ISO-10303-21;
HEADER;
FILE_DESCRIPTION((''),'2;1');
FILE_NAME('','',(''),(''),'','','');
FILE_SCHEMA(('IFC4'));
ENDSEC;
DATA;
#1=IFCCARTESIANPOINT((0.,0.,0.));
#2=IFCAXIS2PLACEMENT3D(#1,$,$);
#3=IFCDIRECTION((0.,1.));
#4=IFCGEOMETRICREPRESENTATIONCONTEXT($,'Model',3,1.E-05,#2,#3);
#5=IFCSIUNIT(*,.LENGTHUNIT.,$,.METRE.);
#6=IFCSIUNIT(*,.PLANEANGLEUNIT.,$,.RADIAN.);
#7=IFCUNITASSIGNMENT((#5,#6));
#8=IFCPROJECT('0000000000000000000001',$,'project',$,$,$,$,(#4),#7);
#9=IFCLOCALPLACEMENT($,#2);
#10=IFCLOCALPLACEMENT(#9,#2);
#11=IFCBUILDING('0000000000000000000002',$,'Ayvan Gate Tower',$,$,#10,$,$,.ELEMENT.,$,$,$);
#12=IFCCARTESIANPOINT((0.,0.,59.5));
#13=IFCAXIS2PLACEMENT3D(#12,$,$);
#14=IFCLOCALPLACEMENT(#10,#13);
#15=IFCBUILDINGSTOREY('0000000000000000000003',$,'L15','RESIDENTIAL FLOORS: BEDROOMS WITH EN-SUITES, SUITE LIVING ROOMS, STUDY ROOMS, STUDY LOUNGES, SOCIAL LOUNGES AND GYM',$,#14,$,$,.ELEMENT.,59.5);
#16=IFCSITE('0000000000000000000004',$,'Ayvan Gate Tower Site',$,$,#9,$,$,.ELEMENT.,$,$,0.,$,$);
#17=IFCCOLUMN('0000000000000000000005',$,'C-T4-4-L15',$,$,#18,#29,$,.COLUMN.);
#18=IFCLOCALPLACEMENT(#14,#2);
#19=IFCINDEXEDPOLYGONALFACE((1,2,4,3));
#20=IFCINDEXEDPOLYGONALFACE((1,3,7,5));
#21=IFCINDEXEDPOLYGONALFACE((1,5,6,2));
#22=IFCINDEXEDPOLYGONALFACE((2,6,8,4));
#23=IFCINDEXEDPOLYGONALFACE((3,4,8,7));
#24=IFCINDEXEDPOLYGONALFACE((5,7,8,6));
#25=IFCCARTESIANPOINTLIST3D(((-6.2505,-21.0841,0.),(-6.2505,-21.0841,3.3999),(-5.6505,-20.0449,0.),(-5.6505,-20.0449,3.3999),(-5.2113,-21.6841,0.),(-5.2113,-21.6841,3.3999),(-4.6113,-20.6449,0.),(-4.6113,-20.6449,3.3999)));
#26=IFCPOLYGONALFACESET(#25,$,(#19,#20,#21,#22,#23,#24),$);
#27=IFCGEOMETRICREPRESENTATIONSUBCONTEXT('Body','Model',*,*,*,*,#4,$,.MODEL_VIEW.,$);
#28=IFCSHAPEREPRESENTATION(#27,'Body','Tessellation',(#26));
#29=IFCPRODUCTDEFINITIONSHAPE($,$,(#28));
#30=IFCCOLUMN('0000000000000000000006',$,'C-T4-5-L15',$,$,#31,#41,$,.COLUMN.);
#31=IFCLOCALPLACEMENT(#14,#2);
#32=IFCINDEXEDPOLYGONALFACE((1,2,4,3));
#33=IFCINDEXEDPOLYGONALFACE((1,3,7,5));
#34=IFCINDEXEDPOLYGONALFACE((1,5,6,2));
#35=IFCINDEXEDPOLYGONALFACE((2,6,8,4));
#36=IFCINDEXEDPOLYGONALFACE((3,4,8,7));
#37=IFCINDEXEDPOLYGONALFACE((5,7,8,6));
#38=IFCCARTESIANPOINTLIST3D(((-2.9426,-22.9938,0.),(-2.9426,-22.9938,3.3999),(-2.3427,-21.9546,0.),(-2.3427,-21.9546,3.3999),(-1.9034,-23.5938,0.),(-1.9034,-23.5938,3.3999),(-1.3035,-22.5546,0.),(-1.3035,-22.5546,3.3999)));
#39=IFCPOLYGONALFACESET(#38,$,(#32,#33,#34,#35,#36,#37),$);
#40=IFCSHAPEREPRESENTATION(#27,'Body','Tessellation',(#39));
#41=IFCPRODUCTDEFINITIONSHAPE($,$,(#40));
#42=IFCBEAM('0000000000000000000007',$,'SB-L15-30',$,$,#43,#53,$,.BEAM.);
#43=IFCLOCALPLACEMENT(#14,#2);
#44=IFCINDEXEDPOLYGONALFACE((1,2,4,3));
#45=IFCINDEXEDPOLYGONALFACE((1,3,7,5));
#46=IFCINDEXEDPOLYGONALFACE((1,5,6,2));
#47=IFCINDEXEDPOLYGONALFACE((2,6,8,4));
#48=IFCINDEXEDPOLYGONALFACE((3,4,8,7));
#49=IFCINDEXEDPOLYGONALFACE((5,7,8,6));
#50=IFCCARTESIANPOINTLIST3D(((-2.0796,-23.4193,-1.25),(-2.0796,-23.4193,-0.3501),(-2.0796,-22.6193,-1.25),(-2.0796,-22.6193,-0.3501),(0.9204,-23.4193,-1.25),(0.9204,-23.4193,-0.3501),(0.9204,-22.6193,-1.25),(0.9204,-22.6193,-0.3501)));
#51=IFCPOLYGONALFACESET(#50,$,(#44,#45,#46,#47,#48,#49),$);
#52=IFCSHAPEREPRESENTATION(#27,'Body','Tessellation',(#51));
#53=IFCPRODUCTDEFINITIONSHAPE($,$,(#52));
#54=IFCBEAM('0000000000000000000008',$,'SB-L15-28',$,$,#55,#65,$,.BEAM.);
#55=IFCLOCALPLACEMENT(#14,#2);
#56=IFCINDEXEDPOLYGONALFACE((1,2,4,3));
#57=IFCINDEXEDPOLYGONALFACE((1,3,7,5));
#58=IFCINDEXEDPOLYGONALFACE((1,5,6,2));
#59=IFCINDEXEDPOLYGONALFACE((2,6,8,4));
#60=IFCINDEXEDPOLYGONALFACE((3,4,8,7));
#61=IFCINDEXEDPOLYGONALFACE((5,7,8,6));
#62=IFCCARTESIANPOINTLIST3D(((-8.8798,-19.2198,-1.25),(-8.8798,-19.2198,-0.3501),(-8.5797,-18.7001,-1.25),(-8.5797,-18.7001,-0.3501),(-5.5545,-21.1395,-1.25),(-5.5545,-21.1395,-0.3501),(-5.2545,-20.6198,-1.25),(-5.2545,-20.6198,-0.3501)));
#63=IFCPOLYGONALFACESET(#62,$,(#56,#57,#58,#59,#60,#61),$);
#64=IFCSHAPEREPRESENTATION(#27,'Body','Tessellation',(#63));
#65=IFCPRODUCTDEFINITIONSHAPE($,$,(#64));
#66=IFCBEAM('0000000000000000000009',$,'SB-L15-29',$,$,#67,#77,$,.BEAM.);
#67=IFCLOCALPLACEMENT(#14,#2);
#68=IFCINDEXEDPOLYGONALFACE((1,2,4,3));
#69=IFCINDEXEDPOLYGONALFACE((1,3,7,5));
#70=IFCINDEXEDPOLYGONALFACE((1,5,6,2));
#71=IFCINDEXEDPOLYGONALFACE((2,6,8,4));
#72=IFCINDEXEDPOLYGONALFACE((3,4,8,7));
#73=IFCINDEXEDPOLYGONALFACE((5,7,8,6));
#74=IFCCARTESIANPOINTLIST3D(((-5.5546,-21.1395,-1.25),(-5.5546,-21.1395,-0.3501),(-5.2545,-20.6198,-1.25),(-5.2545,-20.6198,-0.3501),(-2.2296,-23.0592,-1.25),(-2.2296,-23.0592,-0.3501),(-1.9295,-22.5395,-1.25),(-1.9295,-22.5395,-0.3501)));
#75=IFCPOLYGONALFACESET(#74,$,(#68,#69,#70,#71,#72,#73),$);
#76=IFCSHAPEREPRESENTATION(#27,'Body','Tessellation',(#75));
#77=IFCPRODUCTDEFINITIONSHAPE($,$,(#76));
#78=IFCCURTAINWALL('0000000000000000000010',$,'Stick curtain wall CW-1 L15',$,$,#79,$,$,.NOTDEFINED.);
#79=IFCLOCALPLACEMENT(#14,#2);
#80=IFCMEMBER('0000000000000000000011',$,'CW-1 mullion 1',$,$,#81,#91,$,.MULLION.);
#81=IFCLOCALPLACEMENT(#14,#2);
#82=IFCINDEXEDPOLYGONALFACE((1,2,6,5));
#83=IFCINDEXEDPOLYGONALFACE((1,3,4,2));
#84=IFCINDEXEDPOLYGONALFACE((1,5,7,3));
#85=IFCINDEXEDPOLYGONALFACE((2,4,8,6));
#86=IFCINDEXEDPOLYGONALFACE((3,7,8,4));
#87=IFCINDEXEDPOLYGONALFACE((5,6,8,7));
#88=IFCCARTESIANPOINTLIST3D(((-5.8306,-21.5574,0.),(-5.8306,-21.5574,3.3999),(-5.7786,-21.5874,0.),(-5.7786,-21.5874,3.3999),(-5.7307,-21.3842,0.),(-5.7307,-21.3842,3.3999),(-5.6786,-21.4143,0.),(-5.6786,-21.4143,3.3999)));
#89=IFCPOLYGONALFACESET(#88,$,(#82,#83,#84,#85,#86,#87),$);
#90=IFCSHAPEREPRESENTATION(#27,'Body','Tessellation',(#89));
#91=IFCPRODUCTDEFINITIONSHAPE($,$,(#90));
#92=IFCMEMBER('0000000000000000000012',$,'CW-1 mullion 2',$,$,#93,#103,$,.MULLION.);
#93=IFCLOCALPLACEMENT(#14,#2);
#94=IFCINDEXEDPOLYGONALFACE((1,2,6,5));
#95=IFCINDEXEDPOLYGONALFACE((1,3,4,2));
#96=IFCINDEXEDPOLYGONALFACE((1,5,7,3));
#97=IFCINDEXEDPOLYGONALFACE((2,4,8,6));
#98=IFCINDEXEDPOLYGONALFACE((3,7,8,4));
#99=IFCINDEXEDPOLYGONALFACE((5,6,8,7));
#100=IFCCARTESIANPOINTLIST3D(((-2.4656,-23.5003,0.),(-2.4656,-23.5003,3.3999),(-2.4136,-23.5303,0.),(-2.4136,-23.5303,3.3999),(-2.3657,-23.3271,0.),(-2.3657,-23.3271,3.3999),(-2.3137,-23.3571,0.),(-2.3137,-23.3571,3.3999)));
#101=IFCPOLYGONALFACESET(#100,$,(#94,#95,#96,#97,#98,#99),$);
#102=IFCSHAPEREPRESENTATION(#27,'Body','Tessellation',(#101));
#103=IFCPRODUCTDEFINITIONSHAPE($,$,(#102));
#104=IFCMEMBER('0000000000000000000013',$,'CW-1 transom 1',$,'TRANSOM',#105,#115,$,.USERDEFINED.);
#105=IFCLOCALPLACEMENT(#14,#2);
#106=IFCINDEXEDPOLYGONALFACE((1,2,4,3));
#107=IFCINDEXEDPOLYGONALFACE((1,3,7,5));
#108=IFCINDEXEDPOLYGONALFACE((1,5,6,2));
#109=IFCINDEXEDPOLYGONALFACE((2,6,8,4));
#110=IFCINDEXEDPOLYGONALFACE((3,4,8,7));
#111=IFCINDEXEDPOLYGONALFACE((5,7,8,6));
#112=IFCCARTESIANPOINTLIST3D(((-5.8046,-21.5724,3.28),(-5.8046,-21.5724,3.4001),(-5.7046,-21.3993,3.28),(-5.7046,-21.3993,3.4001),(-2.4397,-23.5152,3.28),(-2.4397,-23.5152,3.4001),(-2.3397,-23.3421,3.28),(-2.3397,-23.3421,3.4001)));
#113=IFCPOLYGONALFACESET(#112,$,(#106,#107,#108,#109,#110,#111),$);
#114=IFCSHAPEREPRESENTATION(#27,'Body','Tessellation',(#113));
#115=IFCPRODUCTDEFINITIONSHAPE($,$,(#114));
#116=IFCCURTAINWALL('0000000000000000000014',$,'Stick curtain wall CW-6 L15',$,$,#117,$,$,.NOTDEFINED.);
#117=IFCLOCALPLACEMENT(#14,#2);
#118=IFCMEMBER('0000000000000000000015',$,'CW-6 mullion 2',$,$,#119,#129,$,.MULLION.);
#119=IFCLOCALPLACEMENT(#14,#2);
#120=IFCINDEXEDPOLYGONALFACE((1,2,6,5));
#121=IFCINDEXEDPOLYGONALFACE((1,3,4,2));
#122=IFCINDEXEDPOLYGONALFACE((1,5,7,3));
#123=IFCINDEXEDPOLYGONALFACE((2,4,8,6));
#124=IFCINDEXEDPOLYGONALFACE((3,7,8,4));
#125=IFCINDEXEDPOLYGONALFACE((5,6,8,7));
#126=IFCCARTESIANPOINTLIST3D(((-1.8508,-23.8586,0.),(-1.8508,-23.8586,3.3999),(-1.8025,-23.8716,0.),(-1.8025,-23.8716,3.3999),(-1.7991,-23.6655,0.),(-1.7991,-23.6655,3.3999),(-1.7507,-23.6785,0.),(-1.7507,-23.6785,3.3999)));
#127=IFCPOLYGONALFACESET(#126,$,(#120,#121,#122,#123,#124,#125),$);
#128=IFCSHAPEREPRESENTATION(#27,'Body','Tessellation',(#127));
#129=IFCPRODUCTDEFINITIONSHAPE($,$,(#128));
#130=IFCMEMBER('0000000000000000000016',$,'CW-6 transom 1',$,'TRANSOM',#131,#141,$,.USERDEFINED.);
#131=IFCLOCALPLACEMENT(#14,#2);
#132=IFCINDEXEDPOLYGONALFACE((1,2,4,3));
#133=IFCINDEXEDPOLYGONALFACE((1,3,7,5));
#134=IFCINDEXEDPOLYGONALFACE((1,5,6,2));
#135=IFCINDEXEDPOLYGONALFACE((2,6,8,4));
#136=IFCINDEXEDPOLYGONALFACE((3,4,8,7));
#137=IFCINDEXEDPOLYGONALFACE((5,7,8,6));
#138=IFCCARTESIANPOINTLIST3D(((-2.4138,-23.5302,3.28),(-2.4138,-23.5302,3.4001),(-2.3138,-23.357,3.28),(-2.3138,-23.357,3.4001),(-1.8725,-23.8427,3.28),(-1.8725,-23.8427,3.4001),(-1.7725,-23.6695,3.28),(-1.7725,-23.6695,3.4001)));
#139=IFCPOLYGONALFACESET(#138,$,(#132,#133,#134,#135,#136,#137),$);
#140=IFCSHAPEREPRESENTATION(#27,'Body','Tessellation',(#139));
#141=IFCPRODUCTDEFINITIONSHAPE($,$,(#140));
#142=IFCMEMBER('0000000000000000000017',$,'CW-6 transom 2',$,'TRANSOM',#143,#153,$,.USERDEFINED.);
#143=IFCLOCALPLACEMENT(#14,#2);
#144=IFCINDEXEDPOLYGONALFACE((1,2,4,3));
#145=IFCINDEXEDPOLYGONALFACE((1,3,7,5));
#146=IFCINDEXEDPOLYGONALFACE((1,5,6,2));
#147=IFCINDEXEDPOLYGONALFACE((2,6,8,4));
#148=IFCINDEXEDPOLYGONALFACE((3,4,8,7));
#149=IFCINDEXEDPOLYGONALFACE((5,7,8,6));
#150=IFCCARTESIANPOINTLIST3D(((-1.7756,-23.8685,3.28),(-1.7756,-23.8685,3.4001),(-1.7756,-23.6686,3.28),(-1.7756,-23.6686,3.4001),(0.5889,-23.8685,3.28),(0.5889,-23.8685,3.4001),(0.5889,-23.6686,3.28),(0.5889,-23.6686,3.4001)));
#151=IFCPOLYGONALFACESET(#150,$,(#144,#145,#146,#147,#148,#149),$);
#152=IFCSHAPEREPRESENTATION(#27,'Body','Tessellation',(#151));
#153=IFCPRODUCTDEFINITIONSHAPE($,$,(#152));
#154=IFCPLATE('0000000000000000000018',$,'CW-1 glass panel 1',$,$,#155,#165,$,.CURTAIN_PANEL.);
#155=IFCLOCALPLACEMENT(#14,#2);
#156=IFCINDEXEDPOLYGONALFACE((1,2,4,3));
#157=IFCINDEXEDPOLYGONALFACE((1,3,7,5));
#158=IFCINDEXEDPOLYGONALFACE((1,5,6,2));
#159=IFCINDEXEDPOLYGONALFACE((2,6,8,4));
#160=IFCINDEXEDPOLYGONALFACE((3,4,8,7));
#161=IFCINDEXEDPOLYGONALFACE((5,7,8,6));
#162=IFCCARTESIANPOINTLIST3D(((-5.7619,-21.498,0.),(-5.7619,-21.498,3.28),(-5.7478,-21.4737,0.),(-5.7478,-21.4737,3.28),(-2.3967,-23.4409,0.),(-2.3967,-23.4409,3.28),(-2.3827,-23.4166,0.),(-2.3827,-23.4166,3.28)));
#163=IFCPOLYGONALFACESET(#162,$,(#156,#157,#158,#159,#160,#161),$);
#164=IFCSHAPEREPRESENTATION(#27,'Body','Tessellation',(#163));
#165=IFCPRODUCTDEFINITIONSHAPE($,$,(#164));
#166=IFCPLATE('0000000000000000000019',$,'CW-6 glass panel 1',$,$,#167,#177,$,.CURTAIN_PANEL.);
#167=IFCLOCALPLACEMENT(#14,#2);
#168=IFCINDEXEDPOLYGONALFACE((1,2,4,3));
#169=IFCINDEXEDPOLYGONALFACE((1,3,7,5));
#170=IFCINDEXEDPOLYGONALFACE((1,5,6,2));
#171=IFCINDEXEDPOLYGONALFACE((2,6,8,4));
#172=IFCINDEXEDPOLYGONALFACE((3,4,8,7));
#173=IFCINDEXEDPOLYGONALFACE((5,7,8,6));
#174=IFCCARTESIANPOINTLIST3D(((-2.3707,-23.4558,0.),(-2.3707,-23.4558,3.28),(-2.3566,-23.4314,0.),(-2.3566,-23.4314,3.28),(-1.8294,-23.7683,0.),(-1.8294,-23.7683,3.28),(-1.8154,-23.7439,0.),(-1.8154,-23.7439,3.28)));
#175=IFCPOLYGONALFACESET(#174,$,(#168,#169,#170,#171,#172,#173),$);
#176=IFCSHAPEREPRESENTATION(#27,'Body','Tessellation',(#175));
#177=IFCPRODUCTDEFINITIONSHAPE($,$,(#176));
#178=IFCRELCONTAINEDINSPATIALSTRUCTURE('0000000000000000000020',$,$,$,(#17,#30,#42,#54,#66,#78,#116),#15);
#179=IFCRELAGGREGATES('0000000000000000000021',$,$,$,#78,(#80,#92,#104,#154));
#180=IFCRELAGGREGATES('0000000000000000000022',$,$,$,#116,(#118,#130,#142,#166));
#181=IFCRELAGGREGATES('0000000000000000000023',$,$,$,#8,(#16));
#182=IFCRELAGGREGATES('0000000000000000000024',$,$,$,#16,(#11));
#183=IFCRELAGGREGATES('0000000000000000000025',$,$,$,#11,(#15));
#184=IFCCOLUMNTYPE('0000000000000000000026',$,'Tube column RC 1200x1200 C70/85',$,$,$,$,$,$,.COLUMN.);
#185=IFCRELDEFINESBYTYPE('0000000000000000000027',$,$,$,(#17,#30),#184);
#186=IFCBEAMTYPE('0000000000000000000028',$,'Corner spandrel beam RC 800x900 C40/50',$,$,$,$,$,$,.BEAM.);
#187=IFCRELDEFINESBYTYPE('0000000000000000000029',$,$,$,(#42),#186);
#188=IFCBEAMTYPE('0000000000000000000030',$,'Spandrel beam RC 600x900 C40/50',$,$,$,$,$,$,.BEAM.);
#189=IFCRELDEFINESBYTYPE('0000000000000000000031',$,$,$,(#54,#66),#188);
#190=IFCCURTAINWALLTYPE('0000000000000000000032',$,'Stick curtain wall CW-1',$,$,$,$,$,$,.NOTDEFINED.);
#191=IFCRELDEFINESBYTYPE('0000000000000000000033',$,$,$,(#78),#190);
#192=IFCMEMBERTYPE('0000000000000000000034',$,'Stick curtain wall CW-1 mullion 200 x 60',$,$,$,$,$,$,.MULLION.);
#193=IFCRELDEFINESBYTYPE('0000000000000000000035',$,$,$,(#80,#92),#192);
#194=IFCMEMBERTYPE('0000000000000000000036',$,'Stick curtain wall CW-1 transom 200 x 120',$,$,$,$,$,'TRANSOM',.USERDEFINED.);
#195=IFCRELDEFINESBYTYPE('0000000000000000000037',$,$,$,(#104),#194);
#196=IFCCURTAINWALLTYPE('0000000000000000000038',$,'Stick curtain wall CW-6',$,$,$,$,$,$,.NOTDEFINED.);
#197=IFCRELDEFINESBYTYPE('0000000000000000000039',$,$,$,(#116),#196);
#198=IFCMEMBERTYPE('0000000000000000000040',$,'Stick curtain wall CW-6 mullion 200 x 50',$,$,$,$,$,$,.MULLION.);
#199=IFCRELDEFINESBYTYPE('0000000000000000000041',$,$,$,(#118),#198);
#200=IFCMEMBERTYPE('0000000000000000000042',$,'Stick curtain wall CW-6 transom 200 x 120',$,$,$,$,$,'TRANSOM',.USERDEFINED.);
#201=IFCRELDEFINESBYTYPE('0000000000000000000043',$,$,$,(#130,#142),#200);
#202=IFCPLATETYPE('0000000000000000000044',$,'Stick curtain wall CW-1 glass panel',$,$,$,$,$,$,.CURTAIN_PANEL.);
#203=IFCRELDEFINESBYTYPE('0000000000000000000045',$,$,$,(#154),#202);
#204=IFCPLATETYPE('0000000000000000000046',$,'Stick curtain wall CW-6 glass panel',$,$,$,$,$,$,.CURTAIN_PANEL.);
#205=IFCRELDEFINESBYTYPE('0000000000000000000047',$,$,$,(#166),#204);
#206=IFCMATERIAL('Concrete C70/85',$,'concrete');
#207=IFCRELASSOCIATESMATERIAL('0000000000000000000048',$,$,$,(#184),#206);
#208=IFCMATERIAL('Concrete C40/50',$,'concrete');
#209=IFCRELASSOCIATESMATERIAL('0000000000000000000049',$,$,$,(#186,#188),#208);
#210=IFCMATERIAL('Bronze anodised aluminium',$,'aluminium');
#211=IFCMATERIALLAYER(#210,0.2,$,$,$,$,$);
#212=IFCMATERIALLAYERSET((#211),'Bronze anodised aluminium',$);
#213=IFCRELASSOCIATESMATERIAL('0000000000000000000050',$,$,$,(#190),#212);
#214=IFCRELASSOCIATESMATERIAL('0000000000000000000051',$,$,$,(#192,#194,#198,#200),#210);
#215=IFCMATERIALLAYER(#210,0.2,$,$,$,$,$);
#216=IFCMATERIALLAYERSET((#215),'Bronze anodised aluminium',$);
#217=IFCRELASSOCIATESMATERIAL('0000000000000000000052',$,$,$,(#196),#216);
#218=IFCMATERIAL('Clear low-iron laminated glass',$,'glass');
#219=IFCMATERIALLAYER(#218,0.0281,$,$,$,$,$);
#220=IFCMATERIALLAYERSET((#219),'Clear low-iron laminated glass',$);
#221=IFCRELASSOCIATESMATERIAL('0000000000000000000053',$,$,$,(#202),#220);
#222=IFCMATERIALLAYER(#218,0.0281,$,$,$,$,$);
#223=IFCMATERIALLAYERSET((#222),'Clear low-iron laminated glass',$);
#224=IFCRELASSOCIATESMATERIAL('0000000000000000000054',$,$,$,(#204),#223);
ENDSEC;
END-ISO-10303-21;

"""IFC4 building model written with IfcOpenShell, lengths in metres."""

from ifc_helpers import new_model, si_unit, direction, frame, origin, origin_2d, place, context, subcontext, project, spatial, rectangle, extrude, material, layer, layer_set, material_profile, profile_set, type_object, element, aggregate, save


model = new_model("IFC4")

# Units and contexts
model_context = context("Model", 3, precision=1e-05, world=origin(), true_north=direction((0.0, 1.0)))
body_context = subcontext(model_context, "Body", "Model", "MODEL_VIEW")
ifc_project = project(units=[si_unit("LENGTHUNIT", "METRE"), si_unit("PLANEANGLEUNIT", "RADIAN")], contexts=[model_context])

# Site, building, storey
site_placement = place(None, origin())
site = spatial("IfcSite", under=ifc_project, at=site_placement, Name="Ayvan Gate Tower Site", CompositionType="ELEMENT", RefElevation=0.0)
building_placement = place(site_placement, origin())
building = spatial("IfcBuilding", under=site, at=building_placement, Name="Ayvan Gate Tower", CompositionType="ELEMENT")
storey_placement = place(building_placement, frame((0.0, 0.0, 59.5)))
storey = spatial("IfcBuildingStorey", under=building, at=storey_placement, Name="L15", Description="RESIDENTIAL FLOORS: BEDROOMS WITH EN-SUITES, SUITE LIVING ROOMS, STUDY ROOMS, STUDY LOUNGES, SOCIAL LOUNGES AND GYM", CompositionType="ELEMENT", Elevation=59.5)

# Columns
ifc_material_1 = material(Name="Concrete C70/85", Category="concrete")
ifc_material_profile_1 = material_profile(ifc_material_1, rectangle(XDim=1.2, YDim=1.2, at=origin_2d()), Name="RC 1200x1200")
ifc_profile_set_1 = profile_set([ifc_material_profile_1], Name="Concrete C70/85")
column_type = type_object("IfcColumnType", Name="Tube column RC 1200x1200 C70/85", PredefinedType="COLUMN", material=ifc_profile_set_1)
for number, where, z_axis, x_axis, name in (
    (1, (-5.4309, -20.8645, 0.0), (0.0, 0.0, 1.0), (-0.5, -0.866025, 0.0), "C-T4-4-L15"),
    (2, (-2.123, -22.7742, 0.0), (0.0, 0.0, 1.0), (-0.5, -0.866025, 0.0), "C-T4-5-L15"),
):
    element("IfcColumn", number, at=place(storey_placement, frame(where, z_axis=z_axis, x_axis=x_axis)), inside=storey, type_object=column_type, Name=name, PredefinedType="COLUMN", context=body_context, shape_type="SweptSolid", body=[
        extrude(rectangle(XDim=1.2, YDim=1.2, at=origin_2d()), origin(), (0.0, 0.0, 1.0), 3.3999),
    ])

# Beams
ifc_material_2 = material(Name="Concrete C40/50", Category="concrete")
ifc_material_profile_2 = material_profile(ifc_material_2, rectangle(XDim=0.8, YDim=0.8999, at=origin_2d()), Name="RC 800x900")
ifc_profile_set_2 = profile_set([ifc_material_profile_2], Name="Concrete C40/50")
beam_type_1 = type_object("IfcBeamType", Name="Corner spandrel beam RC 800x900 C40/50", PredefinedType="BEAM", material=ifc_profile_set_2)
beam_1_placement = place(storey_placement, frame((-2.0796, -23.0193, -0.8), z_axis=(1.0, 0.0, 0.0), x_axis=(0.0, 1.0, 0.0)))
element("IfcBeam", 3, at=beam_1_placement, inside=storey, type_object=beam_type_1, Name="SB-L15-30", PredefinedType="BEAM", context=body_context, shape_type="SweptSolid", body=[
    extrude(rectangle(XDim=0.8, YDim=0.8999, at=origin_2d()), origin(), (0.0, 0.0, 1.0), 3.0),
])
ifc_material_profile_3 = material_profile(ifc_material_2, rectangle(XDim=0.6001, YDim=0.8999, at=origin_2d()), Name="RC 600x900")
ifc_profile_set_3 = profile_set([ifc_material_profile_3], Name="Concrete C40/50")
beam_type_2 = type_object("IfcBeamType", Name="Spandrel beam RC 600x900 C40/50", PredefinedType="BEAM", material=ifc_profile_set_3)
beam_2_placement = place(storey_placement, frame((-8.7297, -18.96, -0.8), z_axis=(0.866039, -0.499976, 0.0), x_axis=(0.499976, 0.866039, 0.0)))
element("IfcBeam", 4, at=beam_2_placement, inside=storey, type_object=beam_type_2, Name="SB-L15-28", PredefinedType="BEAM", context=body_context, shape_type="SweptSolid", body=[
    extrude(rectangle(XDim=0.6001, YDim=0.8999, at=origin_2d()), origin(), (0.0, 0.0, 1.0), 3.8396),
])
beam_3_placement = place(storey_placement, frame((-5.4045, -20.8796, -0.8), z_axis=(0.866024, -0.500003, 0.0), x_axis=(0.500003, 0.866024, 0.0)))
element("IfcBeam", 5, at=beam_3_placement, inside=storey, type_object=beam_type_2, Name="SB-L15-29", PredefinedType="BEAM", context=body_context, shape_type="SweptSolid", body=[
    extrude(rectangle(XDim=0.6001, YDim=0.8999, at=origin_2d()), origin(), (0.0, 0.0, 1.0), 3.8394),
])

# Curtain walls, members
ifc_material_3 = material(Name="Bronze anodised aluminium", Category="aluminium")
ifc_layer_1 = layer(ifc_material_3, 0.2)
ifc_layer_set_1 = layer_set([ifc_layer_1], Name="Bronze anodised aluminium")
curtain_wall_type_1 = type_object("IfcCurtainWallType", Name="Stick curtain wall CW-1", PredefinedType="NOTDEFINED", material=ifc_layer_set_1)
curtain_wall_1_placement = place(storey_placement, origin())
curtain_wall_1 = element("IfcCurtainWall", 6, at=curtain_wall_1_placement, inside=storey, type_object=curtain_wall_type_1, Name="Stick curtain wall CW-1 L15", PredefinedType="NOTDEFINED")
ifc_material_profile_4 = material_profile(ifc_material_3, rectangle(XDim=0.2, YDim=0.0601, at=origin_2d()), Name="Stick curtain wall CW-1 mullion 200 x 60")
ifc_profile_set_4 = profile_set([ifc_material_profile_4], Name="Bronze anodised aluminium")
member_type_1 = type_object("IfcMemberType", Name="Stick curtain wall CW-1 mullion 200 x 60", PredefinedType="MULLION", material=ifc_profile_set_4)
member_1_placement = place(storey_placement, frame((-5.7546, -21.4858, 0.0), z_axis=(0.0, 0.0, 1.0), x_axis=(-0.5, -0.866025, 0.0)))
member_1 = element("IfcMember", 7, at=member_1_placement, type_object=member_type_1, Name="CW-1 mullion 1", PredefinedType="MULLION", context=body_context, shape_type="SweptSolid", body=[
    extrude(rectangle(XDim=0.2, YDim=0.0601, at=origin_2d()), origin(), (0.0, 0.0, 1.0), 3.3999),
])
member_2_placement = place(storey_placement, frame((-2.3896, -23.4287, 0.0), z_axis=(0.0, 0.0, 1.0), x_axis=(-0.5, -0.866025, 0.0)))
member_2 = element("IfcMember", 8, at=member_2_placement, type_object=member_type_1, Name="CW-1 mullion 2", PredefinedType="MULLION", context=body_context, shape_type="SweptSolid", body=[
    extrude(rectangle(XDim=0.2, YDim=0.0601, at=origin_2d()), origin(), (0.0, 0.0, 1.0), 3.3999),
])
ifc_material_profile_5 = material_profile(ifc_material_3, rectangle(XDim=0.2, YDim=0.1201, at=origin_2d()), Name="Stick curtain wall CW-1 transom 200 x 120")
ifc_profile_set_5 = profile_set([ifc_material_profile_5], Name="Bronze anodised aluminium")
member_type_2 = type_object("IfcMemberType", Name="Stick curtain wall CW-1 transom 200 x 120", ElementType="TRANSOM", PredefinedType="USERDEFINED", material=ifc_profile_set_5)
member_3_placement = place(storey_placement, frame((-5.7546, -21.4858, 3.3401), z_axis=(0.866015, -0.500018, 0.0), x_axis=(0.500018, 0.866015, 0.0)))
member_3 = element("IfcMember", 9, at=member_3_placement, type_object=member_type_2, Name="CW-1 transom 1", ObjectType="TRANSOM", PredefinedType="USERDEFINED", context=body_context, shape_type="SweptSolid", body=[
    extrude(rectangle(XDim=0.2, YDim=0.1201, at=origin_2d()), origin(), (0.0, 0.0, 1.0), 3.8855),
])
ifc_layer_2 = layer(ifc_material_3, 0.2)
ifc_layer_set_2 = layer_set([ifc_layer_2], Name="Bronze anodised aluminium")
curtain_wall_type_2 = type_object("IfcCurtainWallType", Name="Stick curtain wall CW-6", PredefinedType="NOTDEFINED", material=ifc_layer_set_2)
curtain_wall_2_placement = place(storey_placement, origin())
curtain_wall_2 = element("IfcCurtainWall", 10, at=curtain_wall_2_placement, inside=storey, type_object=curtain_wall_type_2, Name="Stick curtain wall CW-6 L15", PredefinedType="NOTDEFINED")
ifc_material_profile_6 = material_profile(ifc_material_3, rectangle(XDim=0.2, YDim=0.05, at=origin_2d()), Name="Stick curtain wall CW-6 mullion 200 x 50")
ifc_profile_set_6 = profile_set([ifc_material_profile_6], Name="Bronze anodised aluminium")
member_type_3 = type_object("IfcMemberType", Name="Stick curtain wall CW-6 mullion 200 x 50", PredefinedType="MULLION", material=ifc_profile_set_6)
member_4_placement = place(storey_placement, frame((-1.8008, -23.7686, 0.0), z_axis=(0.0, 0.0, 1.0), x_axis=(-0.258819, -0.965926, 0.0)))
member_4 = element("IfcMember", 11, at=member_4_placement, type_object=member_type_3, Name="CW-6 mullion 2", PredefinedType="MULLION", context=body_context, shape_type="SweptSolid", body=[
    extrude(rectangle(XDim=0.2, YDim=0.05, at=origin_2d()), origin(), (0.0, 0.0, 1.0), 3.3999),
])
ifc_material_profile_7 = material_profile(ifc_material_3, rectangle(XDim=0.2, YDim=0.1201, at=origin_2d()), Name="Stick curtain wall CW-6 transom 200 x 120")
ifc_profile_set_7 = profile_set([ifc_material_profile_7], Name="Bronze anodised aluminium")
member_type_4 = type_object("IfcMemberType", Name="Stick curtain wall CW-6 transom 200 x 120", ElementType="TRANSOM", PredefinedType="USERDEFINED", material=ifc_profile_set_7)
member_5_placement = place(storey_placement, frame((-2.3638, -23.4436, 3.3401), z_axis=(0.866023, -0.500004, 0.0), x_axis=(0.500004, 0.866023, 0.0)))
member_5 = element("IfcMember", 12, at=member_5_placement, type_object=member_type_4, Name="CW-6 transom 1", ObjectType="TRANSOM", PredefinedType="USERDEFINED", context=body_context, shape_type="SweptSolid", body=[
    extrude(rectangle(XDim=0.2, YDim=0.1201, at=origin_2d()), origin(), (0.0, 0.0, 1.0), 0.625),
])
member_6_placement = place(storey_placement, frame((-1.7756, -23.7686, 3.3401), z_axis=(1.0, 0.0, 0.0), x_axis=(0.0, 1.0, 0.0)))
member_6 = element("IfcMember", 13, at=member_6_placement, type_object=member_type_4, Name="CW-6 transom 2", ObjectType="TRANSOM", PredefinedType="USERDEFINED", context=body_context, shape_type="SweptSolid", body=[
    extrude(rectangle(XDim=0.2, YDim=0.1201, at=origin_2d()), origin(), (0.0, 0.0, 1.0), 2.3645),
])

# Plates
ifc_material_4 = material(Name="Clear low-iron laminated glass", Category="glass")
ifc_layer_3 = layer(ifc_material_4, 0.0281)
ifc_layer_set_3 = layer_set([ifc_layer_3], Name="Clear low-iron laminated glass")
plate_type_1 = type_object("IfcPlateType", Name="Stick curtain wall CW-1 glass panel", PredefinedType="CURTAIN_PANEL", material=ifc_layer_set_3)
plate_1_placement = place(storey_placement, frame((-4.0723, -22.4573, 0.0), z_axis=(0.0, 0.0, 1.0), x_axis=(0.866025, -0.5, 0.0)))
plate_1 = element("IfcPlate", 14, at=plate_1_placement, type_object=plate_type_1, Name="CW-1 glass panel 1", PredefinedType="CURTAIN_PANEL", context=body_context, shape_type="SweptSolid", body=[
    extrude(rectangle(XDim=3.8857, YDim=0.0281, at=origin_2d()), origin(), (0.0, 0.0, 1.0), 3.28),
])
aggregate(curtain_wall_1, [member_1, member_2, member_3, plate_1])
ifc_layer_4 = layer(ifc_material_4, 0.0281)
ifc_layer_set_4 = layer_set([ifc_layer_4], Name="Clear low-iron laminated glass")
plate_type_2 = type_object("IfcPlateType", Name="Stick curtain wall CW-6 glass panel", PredefinedType="CURTAIN_PANEL", material=ifc_layer_set_4)
plate_2_placement = place(storey_placement, frame((-2.093, -23.5999, 0.0), z_axis=(0.0, 0.0, 1.0), x_axis=(0.866025, -0.5, 0.0)))
plate_2 = element("IfcPlate", 15, at=plate_2_placement, type_object=plate_type_2, Name="CW-6 glass panel 1", PredefinedType="CURTAIN_PANEL", context=body_context, shape_type="SweptSolid", body=[
    extrude(rectangle(XDim=0.625, YDim=0.0281, at=origin_2d()), origin(), (0.0, 0.0, 1.0), 3.28),
])
aggregate(curtain_wall_2, [member_4, member_5, member_6, plate_2])

save(model, "model.ifc")
